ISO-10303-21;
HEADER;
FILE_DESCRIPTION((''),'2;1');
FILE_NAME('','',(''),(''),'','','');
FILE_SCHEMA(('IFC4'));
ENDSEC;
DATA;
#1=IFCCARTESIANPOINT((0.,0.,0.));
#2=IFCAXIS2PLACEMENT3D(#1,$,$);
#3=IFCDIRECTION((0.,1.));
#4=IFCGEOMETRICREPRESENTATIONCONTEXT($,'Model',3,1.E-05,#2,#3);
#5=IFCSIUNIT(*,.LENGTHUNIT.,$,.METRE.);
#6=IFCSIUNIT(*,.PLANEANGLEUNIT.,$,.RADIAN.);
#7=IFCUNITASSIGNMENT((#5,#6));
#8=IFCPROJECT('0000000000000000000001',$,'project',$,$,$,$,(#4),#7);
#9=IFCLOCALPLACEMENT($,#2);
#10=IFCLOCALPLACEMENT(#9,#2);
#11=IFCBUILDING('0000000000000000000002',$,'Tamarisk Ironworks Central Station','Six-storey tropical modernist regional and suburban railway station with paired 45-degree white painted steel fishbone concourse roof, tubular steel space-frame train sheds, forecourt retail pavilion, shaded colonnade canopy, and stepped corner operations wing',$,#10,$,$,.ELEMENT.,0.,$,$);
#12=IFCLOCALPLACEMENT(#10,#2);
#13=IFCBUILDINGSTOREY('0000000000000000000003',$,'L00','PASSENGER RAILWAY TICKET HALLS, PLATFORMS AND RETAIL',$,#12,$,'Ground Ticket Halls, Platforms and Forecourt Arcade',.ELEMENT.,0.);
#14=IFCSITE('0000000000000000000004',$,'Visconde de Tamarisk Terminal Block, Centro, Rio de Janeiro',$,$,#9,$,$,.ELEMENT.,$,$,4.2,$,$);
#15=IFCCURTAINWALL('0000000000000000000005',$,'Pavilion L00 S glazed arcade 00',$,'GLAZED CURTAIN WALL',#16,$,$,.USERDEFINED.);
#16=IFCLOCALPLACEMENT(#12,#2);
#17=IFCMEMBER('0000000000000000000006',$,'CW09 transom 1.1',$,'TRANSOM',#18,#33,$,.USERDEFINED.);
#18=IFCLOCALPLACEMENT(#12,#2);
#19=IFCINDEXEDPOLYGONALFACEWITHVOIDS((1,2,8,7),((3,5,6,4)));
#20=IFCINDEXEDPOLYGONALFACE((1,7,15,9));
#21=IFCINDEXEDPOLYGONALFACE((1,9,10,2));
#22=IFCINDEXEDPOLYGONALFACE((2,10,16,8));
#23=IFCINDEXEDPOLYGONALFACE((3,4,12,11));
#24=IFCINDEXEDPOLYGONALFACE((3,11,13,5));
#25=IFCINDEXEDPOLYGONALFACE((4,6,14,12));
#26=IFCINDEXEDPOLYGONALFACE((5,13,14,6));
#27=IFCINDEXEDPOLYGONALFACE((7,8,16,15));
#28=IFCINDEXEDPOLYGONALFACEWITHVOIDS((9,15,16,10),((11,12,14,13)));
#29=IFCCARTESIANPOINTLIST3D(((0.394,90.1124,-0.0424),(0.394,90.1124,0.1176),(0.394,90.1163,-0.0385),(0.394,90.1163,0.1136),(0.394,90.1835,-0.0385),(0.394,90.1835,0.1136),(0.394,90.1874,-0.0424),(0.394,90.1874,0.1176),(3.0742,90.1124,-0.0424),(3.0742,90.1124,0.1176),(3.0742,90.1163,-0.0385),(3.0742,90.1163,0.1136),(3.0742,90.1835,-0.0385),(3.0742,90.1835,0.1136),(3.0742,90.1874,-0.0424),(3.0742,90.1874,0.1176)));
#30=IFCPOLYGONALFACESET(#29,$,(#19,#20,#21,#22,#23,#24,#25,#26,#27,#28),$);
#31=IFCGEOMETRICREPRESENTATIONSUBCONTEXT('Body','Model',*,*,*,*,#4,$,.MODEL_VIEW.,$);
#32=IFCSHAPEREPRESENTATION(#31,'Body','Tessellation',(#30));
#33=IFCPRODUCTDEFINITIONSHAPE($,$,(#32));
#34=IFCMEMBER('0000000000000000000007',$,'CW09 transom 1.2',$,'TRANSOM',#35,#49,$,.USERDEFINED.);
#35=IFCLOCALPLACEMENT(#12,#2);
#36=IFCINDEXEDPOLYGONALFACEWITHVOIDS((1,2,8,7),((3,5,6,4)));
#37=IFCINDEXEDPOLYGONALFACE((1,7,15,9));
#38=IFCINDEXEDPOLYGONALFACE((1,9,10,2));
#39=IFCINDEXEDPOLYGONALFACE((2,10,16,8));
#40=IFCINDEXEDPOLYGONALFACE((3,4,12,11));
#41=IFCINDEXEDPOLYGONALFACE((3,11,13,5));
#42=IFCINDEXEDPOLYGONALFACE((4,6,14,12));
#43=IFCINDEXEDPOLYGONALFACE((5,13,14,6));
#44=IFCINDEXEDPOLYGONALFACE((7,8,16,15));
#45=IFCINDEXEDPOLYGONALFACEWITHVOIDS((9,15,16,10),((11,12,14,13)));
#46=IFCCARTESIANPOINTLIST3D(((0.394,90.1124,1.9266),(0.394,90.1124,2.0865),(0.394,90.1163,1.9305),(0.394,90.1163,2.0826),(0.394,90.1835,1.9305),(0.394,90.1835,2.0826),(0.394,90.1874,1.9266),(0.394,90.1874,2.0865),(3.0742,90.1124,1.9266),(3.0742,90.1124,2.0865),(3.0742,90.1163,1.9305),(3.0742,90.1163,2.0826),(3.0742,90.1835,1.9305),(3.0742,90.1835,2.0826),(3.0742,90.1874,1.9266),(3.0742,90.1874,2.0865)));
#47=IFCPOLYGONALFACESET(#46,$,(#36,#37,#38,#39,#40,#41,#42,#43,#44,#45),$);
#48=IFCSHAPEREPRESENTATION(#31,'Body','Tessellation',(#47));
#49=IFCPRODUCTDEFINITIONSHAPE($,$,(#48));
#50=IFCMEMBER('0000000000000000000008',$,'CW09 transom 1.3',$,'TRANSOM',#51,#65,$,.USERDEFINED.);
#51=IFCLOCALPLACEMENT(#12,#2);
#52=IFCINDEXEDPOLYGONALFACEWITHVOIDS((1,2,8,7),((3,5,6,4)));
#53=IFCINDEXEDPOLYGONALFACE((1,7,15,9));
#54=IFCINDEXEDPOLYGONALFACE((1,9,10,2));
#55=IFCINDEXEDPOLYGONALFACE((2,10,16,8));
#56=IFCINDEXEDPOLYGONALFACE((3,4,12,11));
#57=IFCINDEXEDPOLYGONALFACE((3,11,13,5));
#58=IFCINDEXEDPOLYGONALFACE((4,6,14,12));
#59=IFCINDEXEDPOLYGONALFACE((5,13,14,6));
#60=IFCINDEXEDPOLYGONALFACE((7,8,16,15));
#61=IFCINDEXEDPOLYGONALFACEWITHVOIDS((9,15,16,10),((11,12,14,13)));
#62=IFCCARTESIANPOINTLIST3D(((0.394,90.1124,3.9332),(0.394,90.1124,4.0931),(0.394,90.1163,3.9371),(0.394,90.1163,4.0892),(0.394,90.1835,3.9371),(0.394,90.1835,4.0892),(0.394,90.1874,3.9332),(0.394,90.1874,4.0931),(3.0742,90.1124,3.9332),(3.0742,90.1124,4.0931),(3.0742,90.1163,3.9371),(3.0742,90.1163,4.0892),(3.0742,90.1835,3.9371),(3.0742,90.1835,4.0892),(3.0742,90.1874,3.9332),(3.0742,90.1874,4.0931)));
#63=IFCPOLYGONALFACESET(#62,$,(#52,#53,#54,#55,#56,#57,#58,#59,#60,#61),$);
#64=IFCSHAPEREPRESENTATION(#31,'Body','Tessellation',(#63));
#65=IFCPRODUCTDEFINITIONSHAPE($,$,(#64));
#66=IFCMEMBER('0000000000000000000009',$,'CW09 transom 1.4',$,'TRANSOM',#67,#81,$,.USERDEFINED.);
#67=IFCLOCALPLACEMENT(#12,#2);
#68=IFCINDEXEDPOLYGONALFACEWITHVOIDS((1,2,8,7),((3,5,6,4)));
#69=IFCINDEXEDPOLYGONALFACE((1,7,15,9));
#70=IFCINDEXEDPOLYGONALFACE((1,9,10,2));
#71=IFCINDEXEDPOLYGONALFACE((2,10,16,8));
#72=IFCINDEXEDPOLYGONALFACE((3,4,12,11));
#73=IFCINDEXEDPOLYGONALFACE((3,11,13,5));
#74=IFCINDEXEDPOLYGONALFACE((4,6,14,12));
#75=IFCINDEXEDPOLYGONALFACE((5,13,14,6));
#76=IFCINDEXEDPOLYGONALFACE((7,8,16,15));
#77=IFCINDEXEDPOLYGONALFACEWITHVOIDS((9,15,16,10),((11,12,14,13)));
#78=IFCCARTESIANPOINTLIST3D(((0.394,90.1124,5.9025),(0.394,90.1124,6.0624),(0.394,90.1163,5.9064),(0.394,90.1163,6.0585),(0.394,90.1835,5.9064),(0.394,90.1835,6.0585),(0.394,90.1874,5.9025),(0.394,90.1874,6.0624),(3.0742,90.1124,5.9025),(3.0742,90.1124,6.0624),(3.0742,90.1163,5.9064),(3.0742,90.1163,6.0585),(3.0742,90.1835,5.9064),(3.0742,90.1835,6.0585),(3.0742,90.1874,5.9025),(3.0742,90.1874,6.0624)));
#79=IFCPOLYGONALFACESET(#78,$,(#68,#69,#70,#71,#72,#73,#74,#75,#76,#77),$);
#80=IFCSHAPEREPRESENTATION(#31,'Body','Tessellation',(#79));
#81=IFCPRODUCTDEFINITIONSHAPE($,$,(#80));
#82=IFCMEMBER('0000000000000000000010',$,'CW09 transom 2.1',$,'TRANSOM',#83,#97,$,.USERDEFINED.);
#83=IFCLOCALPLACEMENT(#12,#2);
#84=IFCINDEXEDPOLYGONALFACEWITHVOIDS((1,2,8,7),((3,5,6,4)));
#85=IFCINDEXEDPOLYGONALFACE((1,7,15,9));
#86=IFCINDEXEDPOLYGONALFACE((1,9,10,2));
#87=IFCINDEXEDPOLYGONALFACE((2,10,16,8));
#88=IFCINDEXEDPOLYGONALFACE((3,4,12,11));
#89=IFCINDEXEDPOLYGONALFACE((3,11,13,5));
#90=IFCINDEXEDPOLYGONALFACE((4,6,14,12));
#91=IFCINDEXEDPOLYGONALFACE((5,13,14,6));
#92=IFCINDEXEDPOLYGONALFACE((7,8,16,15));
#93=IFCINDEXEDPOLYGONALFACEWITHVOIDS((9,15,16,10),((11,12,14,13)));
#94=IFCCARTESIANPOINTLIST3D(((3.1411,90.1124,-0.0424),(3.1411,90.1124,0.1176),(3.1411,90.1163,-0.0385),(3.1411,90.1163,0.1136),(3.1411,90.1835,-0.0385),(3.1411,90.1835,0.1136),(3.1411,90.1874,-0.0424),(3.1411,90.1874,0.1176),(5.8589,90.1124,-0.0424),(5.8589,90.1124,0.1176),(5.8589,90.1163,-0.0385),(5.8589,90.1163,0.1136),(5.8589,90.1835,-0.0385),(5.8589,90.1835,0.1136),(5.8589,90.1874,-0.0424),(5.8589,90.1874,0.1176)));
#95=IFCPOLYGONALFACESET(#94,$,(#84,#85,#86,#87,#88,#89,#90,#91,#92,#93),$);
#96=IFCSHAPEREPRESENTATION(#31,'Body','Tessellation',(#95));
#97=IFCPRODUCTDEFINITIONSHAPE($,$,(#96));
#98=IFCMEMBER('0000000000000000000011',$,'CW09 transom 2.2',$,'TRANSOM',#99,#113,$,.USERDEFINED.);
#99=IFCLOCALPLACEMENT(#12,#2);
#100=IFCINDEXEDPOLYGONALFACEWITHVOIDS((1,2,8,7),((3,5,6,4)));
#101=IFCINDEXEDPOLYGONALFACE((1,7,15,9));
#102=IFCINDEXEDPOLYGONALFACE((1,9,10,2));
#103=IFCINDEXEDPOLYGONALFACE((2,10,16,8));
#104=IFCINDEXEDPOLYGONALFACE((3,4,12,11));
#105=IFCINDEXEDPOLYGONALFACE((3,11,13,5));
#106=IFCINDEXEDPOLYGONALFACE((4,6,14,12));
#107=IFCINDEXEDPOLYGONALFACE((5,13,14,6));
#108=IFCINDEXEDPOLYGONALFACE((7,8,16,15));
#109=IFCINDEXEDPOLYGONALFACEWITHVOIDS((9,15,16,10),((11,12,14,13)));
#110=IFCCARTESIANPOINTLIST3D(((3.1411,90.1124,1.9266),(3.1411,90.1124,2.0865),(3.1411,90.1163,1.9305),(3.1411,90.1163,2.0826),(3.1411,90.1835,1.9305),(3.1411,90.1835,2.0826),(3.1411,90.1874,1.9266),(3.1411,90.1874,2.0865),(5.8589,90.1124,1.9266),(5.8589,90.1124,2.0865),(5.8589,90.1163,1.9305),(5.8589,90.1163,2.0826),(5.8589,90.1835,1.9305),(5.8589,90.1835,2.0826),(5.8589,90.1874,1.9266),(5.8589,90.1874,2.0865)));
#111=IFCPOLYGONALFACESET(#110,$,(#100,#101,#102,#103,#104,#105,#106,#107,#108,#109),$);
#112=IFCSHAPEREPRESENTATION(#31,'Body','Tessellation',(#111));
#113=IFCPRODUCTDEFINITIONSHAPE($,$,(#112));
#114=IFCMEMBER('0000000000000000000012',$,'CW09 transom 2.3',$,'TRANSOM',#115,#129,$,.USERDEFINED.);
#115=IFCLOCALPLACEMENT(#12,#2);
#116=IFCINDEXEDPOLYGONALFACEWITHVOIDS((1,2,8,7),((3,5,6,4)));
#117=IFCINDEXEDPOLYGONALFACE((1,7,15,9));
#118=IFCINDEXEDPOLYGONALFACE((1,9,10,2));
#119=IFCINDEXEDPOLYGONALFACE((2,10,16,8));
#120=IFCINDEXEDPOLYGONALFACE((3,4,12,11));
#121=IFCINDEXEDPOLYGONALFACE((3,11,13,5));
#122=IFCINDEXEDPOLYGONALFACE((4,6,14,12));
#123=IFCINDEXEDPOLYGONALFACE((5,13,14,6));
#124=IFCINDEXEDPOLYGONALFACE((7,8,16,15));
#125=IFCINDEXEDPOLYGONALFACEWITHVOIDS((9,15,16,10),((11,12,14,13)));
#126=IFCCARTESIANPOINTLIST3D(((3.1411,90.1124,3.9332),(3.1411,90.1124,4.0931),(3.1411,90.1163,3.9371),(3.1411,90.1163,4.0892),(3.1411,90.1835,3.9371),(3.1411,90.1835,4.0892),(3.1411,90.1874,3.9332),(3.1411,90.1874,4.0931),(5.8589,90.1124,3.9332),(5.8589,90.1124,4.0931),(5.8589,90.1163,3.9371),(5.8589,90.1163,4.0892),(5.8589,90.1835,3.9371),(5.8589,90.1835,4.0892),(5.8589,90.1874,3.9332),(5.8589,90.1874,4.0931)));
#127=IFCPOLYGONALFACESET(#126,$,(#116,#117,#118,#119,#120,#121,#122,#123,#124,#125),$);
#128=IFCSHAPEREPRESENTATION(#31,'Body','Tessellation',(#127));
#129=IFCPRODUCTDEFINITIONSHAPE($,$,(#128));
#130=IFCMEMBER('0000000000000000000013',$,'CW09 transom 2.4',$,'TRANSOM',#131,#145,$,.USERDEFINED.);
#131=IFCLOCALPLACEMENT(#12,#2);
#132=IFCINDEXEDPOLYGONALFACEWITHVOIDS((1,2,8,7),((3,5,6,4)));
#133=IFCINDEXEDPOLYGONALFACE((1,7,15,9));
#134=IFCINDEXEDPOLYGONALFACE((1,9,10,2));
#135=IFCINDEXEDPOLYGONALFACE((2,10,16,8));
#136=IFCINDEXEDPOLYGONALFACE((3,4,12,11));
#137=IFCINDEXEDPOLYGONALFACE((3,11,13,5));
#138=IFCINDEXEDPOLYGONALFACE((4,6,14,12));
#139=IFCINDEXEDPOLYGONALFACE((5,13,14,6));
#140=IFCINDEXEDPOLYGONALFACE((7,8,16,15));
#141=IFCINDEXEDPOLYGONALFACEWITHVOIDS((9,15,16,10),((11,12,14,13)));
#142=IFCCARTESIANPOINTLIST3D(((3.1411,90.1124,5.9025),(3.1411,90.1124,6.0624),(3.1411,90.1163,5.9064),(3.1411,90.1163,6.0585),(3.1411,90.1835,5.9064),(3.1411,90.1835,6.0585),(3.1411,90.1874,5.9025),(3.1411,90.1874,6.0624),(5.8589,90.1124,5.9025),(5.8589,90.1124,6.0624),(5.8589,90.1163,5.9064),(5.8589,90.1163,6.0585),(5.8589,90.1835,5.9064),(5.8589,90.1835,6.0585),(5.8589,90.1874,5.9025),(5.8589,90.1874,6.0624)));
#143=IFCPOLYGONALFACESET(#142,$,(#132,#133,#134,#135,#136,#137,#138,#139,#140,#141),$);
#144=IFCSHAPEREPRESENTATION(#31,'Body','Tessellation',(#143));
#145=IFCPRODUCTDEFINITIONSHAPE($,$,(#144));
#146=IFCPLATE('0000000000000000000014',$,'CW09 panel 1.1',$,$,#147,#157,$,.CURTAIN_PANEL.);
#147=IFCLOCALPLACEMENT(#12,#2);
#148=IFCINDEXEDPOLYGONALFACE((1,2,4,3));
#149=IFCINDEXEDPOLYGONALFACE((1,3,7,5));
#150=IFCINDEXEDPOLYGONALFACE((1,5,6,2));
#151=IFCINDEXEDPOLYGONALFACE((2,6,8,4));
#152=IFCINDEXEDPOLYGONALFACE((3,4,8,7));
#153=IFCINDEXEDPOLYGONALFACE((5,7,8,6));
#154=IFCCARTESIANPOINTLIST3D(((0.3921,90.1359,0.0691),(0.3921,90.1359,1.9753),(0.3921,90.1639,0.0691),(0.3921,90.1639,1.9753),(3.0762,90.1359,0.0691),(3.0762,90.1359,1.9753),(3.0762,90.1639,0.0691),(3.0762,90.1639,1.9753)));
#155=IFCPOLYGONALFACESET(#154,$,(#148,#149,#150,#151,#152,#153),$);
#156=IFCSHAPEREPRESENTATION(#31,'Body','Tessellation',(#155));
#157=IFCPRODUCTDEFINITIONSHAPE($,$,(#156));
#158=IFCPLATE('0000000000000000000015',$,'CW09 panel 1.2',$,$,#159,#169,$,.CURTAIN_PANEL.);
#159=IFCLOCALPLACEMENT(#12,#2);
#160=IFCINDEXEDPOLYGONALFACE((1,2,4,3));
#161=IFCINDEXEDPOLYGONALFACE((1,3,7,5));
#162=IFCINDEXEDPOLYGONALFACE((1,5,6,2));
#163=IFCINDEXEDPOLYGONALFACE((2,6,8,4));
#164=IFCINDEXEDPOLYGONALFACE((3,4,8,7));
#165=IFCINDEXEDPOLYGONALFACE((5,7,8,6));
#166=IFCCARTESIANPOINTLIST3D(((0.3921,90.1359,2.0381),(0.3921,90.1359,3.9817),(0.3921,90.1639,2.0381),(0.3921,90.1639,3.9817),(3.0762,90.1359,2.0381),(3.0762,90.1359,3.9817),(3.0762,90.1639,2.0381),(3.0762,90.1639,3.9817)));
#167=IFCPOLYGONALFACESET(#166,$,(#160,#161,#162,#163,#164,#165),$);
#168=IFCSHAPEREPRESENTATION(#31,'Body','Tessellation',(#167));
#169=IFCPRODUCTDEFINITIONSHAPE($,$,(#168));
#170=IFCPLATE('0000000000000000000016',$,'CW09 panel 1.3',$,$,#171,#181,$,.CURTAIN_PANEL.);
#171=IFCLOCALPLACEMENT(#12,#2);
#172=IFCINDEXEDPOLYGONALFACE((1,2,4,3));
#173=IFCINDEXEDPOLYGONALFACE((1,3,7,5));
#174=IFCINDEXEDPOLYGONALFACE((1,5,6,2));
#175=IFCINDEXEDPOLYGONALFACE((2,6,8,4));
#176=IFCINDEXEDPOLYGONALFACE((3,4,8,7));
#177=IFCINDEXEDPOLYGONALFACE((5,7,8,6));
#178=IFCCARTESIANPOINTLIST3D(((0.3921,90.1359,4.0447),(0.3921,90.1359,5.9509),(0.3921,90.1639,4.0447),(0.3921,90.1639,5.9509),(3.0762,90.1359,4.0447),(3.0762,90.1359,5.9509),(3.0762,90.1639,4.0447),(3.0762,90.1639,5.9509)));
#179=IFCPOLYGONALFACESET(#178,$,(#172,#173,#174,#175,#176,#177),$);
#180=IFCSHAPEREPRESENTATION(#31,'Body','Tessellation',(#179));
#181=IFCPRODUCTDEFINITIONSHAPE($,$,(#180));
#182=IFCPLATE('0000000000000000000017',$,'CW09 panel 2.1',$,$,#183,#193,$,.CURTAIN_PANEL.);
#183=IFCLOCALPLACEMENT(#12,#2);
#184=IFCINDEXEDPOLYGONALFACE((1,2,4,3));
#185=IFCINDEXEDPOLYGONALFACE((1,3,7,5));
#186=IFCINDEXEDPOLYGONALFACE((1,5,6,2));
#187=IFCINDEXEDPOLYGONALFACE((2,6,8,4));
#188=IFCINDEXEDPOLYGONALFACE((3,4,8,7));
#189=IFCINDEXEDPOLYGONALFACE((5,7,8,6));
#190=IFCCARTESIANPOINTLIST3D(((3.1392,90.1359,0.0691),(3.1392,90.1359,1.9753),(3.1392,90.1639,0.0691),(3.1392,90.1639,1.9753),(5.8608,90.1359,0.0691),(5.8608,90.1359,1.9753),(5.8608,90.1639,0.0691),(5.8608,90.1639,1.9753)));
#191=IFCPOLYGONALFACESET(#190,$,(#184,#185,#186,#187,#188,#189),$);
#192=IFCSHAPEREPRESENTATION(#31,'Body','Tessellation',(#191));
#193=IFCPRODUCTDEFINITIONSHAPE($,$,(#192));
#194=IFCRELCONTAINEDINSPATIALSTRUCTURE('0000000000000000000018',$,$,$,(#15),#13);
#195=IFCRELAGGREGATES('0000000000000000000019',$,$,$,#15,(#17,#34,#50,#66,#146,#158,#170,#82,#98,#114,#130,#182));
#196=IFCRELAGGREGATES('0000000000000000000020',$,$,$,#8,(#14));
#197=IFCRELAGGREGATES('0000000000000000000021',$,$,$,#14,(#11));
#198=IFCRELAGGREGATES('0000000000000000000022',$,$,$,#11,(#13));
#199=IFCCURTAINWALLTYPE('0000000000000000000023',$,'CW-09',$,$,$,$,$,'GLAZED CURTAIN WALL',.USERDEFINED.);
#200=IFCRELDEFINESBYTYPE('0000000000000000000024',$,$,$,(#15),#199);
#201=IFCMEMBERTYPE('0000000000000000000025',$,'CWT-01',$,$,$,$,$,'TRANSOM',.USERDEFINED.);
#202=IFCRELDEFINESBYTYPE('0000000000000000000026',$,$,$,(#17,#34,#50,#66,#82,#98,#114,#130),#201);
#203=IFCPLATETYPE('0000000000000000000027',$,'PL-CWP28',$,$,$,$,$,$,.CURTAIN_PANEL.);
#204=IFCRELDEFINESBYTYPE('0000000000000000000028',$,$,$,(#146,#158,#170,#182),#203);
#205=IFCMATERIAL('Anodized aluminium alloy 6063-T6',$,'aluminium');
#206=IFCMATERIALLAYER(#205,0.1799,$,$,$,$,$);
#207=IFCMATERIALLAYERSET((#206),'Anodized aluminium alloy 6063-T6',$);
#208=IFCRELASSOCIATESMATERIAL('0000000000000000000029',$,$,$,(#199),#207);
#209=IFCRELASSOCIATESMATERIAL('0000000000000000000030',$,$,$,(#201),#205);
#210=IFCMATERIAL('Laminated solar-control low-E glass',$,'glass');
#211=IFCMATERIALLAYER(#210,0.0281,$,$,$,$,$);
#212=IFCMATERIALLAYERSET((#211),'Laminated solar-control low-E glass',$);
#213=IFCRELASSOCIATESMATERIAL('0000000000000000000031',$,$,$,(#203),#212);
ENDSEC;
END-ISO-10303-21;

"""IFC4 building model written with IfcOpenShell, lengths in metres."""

from ifc_helpers import new_model, si_unit, direction, frame, origin, origin_2d, place, context, subcontext, project, spatial, rectangle, hollow_rectangle, extrude, material, layer, layer_set, material_profile, profile_set, type_object, element, aggregate, save


model = new_model("IFC4")

# Units and contexts
model_context = context("Model", 3, precision=1e-05, world=origin(), true_north=direction((0.0, 1.0)))
body_context = subcontext(model_context, "Body", "Model", "MODEL_VIEW")
ifc_project = project(units=[si_unit("LENGTHUNIT", "METRE"), si_unit("PLANEANGLEUNIT", "RADIAN")], contexts=[model_context])

# Site, building, storey
site_placement = place(None, origin())
site = spatial("IfcSite", under=ifc_project, at=site_placement, Name="Visconde de Tamarisk Terminal Block, Centro, Rio de Janeiro", CompositionType="ELEMENT", RefElevation=4.2)
building_placement = place(site_placement, origin())
building = spatial("IfcBuilding", under=site, at=building_placement, Name="Tamarisk Ironworks Central Station", Description="Six-storey tropical modernist regional and suburban railway station with paired 45-degree white painted steel fishbone concourse roof, tubular steel space-frame train sheds, forecourt retail pavilion, shaded colonnade canopy, and stepped corner operations wing", CompositionType="ELEMENT", ElevationOfRefHeight=0.0)
storey_placement = place(building_placement, origin())
storey = spatial("IfcBuildingStorey", under=building, at=storey_placement, Name="L00", Description="PASSENGER RAILWAY TICKET HALLS, PLATFORMS AND RETAIL", LongName="Ground Ticket Halls, Platforms and Forecourt Arcade", CompositionType="ELEMENT", Elevation=0.0)

# Curtain wall, members, plates
ifc_material_1 = material(Name="Anodized aluminium alloy 6063-T6", Category="aluminium")
ifc_layer_1 = layer(ifc_material_1, 0.1799)
ifc_layer_set_1 = layer_set([ifc_layer_1], Name="Anodized aluminium alloy 6063-T6")
curtain_wall_type = type_object("IfcCurtainWallType", Name="CW-09", ElementType="GLAZED CURTAIN WALL", PredefinedType="USERDEFINED", material=ifc_layer_set_1)
curtain_wall_placement = place(storey_placement, origin())
curtain_wall = element("IfcCurtainWall", 1, at=curtain_wall_placement, inside=storey, type_object=curtain_wall_type, Name="Pavilion L00 S glazed arcade 00", ObjectType="GLAZED CURTAIN WALL", PredefinedType="USERDEFINED")
ifc_material_profile_1 = material_profile(ifc_material_1, hollow_rectangle(XDim=0.075, YDim=0.1599, WallThickness=0.0039, at=origin_2d()), Name="ALUM 160x75")
ifc_profile_set_1 = profile_set([ifc_material_profile_1], Name="Anodized aluminium alloy 6063-T6")
member_type_1 = type_object("IfcMemberType", Name="CWT-01", ElementType="TRANSOM", PredefinedType="USERDEFINED", material=ifc_profile_set_1)
member_1_placement = place(storey_placement, frame((0.394, 90.1499, 0.0376), z_axis=(1.0, 0.0, 0.0), x_axis=(0.0, 1.0, 0.0)))
member_1 = element("IfcMember", 2, at=member_1_placement, type_object=member_type_1, Name="CW09 transom 1.1", ObjectType="TRANSOM", PredefinedType="USERDEFINED", context=body_context, shape_type="SweptSolid", body=[
    extrude(hollow_rectangle(XDim=0.075, YDim=0.1599, WallThickness=0.0039, at=origin_2d()), origin(), (0.0, 0.0, 1.0), 2.6802),
])
member_2_placement = place(storey_placement, frame((0.394, 90.1499, 2.0066), z_axis=(1.0, 0.0, 0.0), x_axis=(0.0, 1.0, 0.0)))
member_2 = element("IfcMember", 3, at=member_2_placement, type_object=member_type_1, Name="CW09 transom 1.2", ObjectType="TRANSOM", PredefinedType="USERDEFINED", context=body_context, shape_type="SweptSolid", body=[
    extrude(hollow_rectangle(XDim=0.075, YDim=0.1599, WallThickness=0.0039, at=origin_2d()), origin(), (0.0, 0.0, 1.0), 2.6802),
])
member_3_placement = place(storey_placement, frame((0.394, 90.1499, 4.0132), z_axis=(1.0, 0.0, 0.0), x_axis=(0.0, 1.0, 0.0)))
member_3 = element("IfcMember", 4, at=member_3_placement, type_object=member_type_1, Name="CW09 transom 1.3", ObjectType="TRANSOM", PredefinedType="USERDEFINED", context=body_context, shape_type="SweptSolid", body=[
    extrude(hollow_rectangle(XDim=0.075, YDim=0.1599, WallThickness=0.0039, at=origin_2d()), origin(), (0.0, 0.0, 1.0), 2.6802),
])
member_4_placement = place(storey_placement, frame((0.394, 90.1499, 5.9824), z_axis=(1.0, 0.0, 0.0), x_axis=(0.0, 1.0, 0.0)))
member_4 = element("IfcMember", 5, at=member_4_placement, type_object=member_type_1, Name="CW09 transom 1.4", ObjectType="TRANSOM", PredefinedType="USERDEFINED", context=body_context, shape_type="SweptSolid", body=[
    extrude(hollow_rectangle(XDim=0.075, YDim=0.1599, WallThickness=0.0039, at=origin_2d()), origin(), (0.0, 0.0, 1.0), 2.6802),
])
member_5_placement = place(storey_placement, frame((3.1411, 90.1499, 0.0376), z_axis=(1.0, 0.0, 0.0), x_axis=(0.0, 1.0, 0.0)))
member_5 = element("IfcMember", 6, at=member_5_placement, type_object=member_type_1, Name="CW09 transom 2.1", ObjectType="TRANSOM", PredefinedType="USERDEFINED", context=body_context, shape_type="SweptSolid", body=[
    extrude(hollow_rectangle(XDim=0.075, YDim=0.1599, WallThickness=0.0039, at=origin_2d()), origin(), (0.0, 0.0, 1.0), 2.7178),
])
member_6_placement = place(storey_placement, frame((3.1411, 90.1499, 2.0066), z_axis=(1.0, 0.0, 0.0), x_axis=(0.0, 1.0, 0.0)))
member_6 = element("IfcMember", 7, at=member_6_placement, type_object=member_type_1, Name="CW09 transom 2.2", ObjectType="TRANSOM", PredefinedType="USERDEFINED", context=body_context, shape_type="SweptSolid", body=[
    extrude(hollow_rectangle(XDim=0.075, YDim=0.1599, WallThickness=0.0039, at=origin_2d()), origin(), (0.0, 0.0, 1.0), 2.7178),
])
member_7_placement = place(storey_placement, frame((3.1411, 90.1499, 4.0132), z_axis=(1.0, 0.0, 0.0), x_axis=(0.0, 1.0, 0.0)))
member_7 = element("IfcMember", 8, at=member_7_placement, type_object=member_type_1, Name="CW09 transom 2.3", ObjectType="TRANSOM", PredefinedType="USERDEFINED", context=body_context, shape_type="SweptSolid", body=[
    extrude(hollow_rectangle(XDim=0.075, YDim=0.1599, WallThickness=0.0039, at=origin_2d()), origin(), (0.0, 0.0, 1.0), 2.7178),
])
member_8_placement = place(storey_placement, frame((3.1411, 90.1499, 5.9824), z_axis=(1.0, 0.0, 0.0), x_axis=(0.0, 1.0, 0.0)))
member_8 = element("IfcMember", 9, at=member_8_placement, type_object=member_type_1, Name="CW09 transom 2.4", ObjectType="TRANSOM", PredefinedType="USERDEFINED", context=body_context, shape_type="SweptSolid", body=[
    extrude(hollow_rectangle(XDim=0.075, YDim=0.1599, WallThickness=0.0039, at=origin_2d()), origin(), (0.0, 0.0, 1.0), 2.7178),
])
ifc_material_2 = material(Name="Laminated solar-control low-E glass", Category="glass")
ifc_layer_2 = layer(ifc_material_2, 0.0281)
ifc_layer_set_2 = layer_set([ifc_layer_2], Name="Laminated solar-control low-E glass")
plate_type = type_object("IfcPlateType", Name="PL-CWP28", PredefinedType="CURTAIN_PANEL", material=ifc_layer_set_2)
plate_1_placement = place(storey_placement, frame((1.7341, 90.1499, 0.0691), z_axis=(0.0, 0.0, 1.0), x_axis=(1.0, 0.0, 0.0)))
plate_1 = element("IfcPlate", 10, at=plate_1_placement, type_object=plate_type, Name="CW09 panel 1.1", PredefinedType="CURTAIN_PANEL", context=body_context, shape_type="SweptSolid", body=[
    extrude(rectangle(XDim=2.6841, YDim=0.0281, at=origin_2d()), origin(), (0.0, 0.0, 1.0), 1.9062),
])
plate_2_placement = place(storey_placement, frame((1.7341, 90.1499, 2.0381), z_axis=(0.0, 0.0, 1.0), x_axis=(1.0, 0.0, 0.0)))
plate_2 = element("IfcPlate", 11, at=plate_2_placement, type_object=plate_type, Name="CW09 panel 1.2", PredefinedType="CURTAIN_PANEL", context=body_context, shape_type="SweptSolid", body=[
    extrude(rectangle(XDim=2.6841, YDim=0.0281, at=origin_2d()), origin(), (0.0, 0.0, 1.0), 1.9436),
])
plate_3_placement = place(storey_placement, frame((1.7341, 90.1499, 4.0447), z_axis=(0.0, 0.0, 1.0), x_axis=(1.0, 0.0, 0.0)))
plate_3 = element("IfcPlate", 12, at=plate_3_placement, type_object=plate_type, Name="CW09 panel 1.3", PredefinedType="CURTAIN_PANEL", context=body_context, shape_type="SweptSolid", body=[
    extrude(rectangle(XDim=2.6841, YDim=0.0281, at=origin_2d()), origin(), (0.0, 0.0, 1.0), 1.9062),
])
plate_4_placement = place(storey_placement, frame((4.5, 90.1499, 0.0691), z_axis=(0.0, 0.0, 1.0), x_axis=(1.0, 0.0, 0.0)))
plate_4 = element("IfcPlate", 13, at=plate_4_placement, type_object=plate_type, Name="CW09 panel 2.1", PredefinedType="CURTAIN_PANEL", context=body_context, shape_type="SweptSolid", body=[
    extrude(rectangle(XDim=2.7217, YDim=0.0281, at=origin_2d()), origin(), (0.0, 0.0, 1.0), 1.9062),
])
aggregate(curtain_wall, [member_1, member_2, member_3, member_4, plate_1, plate_2, plate_3, member_5, member_6, member_7, member_8, plate_4])

save(model, "model.ifc")
